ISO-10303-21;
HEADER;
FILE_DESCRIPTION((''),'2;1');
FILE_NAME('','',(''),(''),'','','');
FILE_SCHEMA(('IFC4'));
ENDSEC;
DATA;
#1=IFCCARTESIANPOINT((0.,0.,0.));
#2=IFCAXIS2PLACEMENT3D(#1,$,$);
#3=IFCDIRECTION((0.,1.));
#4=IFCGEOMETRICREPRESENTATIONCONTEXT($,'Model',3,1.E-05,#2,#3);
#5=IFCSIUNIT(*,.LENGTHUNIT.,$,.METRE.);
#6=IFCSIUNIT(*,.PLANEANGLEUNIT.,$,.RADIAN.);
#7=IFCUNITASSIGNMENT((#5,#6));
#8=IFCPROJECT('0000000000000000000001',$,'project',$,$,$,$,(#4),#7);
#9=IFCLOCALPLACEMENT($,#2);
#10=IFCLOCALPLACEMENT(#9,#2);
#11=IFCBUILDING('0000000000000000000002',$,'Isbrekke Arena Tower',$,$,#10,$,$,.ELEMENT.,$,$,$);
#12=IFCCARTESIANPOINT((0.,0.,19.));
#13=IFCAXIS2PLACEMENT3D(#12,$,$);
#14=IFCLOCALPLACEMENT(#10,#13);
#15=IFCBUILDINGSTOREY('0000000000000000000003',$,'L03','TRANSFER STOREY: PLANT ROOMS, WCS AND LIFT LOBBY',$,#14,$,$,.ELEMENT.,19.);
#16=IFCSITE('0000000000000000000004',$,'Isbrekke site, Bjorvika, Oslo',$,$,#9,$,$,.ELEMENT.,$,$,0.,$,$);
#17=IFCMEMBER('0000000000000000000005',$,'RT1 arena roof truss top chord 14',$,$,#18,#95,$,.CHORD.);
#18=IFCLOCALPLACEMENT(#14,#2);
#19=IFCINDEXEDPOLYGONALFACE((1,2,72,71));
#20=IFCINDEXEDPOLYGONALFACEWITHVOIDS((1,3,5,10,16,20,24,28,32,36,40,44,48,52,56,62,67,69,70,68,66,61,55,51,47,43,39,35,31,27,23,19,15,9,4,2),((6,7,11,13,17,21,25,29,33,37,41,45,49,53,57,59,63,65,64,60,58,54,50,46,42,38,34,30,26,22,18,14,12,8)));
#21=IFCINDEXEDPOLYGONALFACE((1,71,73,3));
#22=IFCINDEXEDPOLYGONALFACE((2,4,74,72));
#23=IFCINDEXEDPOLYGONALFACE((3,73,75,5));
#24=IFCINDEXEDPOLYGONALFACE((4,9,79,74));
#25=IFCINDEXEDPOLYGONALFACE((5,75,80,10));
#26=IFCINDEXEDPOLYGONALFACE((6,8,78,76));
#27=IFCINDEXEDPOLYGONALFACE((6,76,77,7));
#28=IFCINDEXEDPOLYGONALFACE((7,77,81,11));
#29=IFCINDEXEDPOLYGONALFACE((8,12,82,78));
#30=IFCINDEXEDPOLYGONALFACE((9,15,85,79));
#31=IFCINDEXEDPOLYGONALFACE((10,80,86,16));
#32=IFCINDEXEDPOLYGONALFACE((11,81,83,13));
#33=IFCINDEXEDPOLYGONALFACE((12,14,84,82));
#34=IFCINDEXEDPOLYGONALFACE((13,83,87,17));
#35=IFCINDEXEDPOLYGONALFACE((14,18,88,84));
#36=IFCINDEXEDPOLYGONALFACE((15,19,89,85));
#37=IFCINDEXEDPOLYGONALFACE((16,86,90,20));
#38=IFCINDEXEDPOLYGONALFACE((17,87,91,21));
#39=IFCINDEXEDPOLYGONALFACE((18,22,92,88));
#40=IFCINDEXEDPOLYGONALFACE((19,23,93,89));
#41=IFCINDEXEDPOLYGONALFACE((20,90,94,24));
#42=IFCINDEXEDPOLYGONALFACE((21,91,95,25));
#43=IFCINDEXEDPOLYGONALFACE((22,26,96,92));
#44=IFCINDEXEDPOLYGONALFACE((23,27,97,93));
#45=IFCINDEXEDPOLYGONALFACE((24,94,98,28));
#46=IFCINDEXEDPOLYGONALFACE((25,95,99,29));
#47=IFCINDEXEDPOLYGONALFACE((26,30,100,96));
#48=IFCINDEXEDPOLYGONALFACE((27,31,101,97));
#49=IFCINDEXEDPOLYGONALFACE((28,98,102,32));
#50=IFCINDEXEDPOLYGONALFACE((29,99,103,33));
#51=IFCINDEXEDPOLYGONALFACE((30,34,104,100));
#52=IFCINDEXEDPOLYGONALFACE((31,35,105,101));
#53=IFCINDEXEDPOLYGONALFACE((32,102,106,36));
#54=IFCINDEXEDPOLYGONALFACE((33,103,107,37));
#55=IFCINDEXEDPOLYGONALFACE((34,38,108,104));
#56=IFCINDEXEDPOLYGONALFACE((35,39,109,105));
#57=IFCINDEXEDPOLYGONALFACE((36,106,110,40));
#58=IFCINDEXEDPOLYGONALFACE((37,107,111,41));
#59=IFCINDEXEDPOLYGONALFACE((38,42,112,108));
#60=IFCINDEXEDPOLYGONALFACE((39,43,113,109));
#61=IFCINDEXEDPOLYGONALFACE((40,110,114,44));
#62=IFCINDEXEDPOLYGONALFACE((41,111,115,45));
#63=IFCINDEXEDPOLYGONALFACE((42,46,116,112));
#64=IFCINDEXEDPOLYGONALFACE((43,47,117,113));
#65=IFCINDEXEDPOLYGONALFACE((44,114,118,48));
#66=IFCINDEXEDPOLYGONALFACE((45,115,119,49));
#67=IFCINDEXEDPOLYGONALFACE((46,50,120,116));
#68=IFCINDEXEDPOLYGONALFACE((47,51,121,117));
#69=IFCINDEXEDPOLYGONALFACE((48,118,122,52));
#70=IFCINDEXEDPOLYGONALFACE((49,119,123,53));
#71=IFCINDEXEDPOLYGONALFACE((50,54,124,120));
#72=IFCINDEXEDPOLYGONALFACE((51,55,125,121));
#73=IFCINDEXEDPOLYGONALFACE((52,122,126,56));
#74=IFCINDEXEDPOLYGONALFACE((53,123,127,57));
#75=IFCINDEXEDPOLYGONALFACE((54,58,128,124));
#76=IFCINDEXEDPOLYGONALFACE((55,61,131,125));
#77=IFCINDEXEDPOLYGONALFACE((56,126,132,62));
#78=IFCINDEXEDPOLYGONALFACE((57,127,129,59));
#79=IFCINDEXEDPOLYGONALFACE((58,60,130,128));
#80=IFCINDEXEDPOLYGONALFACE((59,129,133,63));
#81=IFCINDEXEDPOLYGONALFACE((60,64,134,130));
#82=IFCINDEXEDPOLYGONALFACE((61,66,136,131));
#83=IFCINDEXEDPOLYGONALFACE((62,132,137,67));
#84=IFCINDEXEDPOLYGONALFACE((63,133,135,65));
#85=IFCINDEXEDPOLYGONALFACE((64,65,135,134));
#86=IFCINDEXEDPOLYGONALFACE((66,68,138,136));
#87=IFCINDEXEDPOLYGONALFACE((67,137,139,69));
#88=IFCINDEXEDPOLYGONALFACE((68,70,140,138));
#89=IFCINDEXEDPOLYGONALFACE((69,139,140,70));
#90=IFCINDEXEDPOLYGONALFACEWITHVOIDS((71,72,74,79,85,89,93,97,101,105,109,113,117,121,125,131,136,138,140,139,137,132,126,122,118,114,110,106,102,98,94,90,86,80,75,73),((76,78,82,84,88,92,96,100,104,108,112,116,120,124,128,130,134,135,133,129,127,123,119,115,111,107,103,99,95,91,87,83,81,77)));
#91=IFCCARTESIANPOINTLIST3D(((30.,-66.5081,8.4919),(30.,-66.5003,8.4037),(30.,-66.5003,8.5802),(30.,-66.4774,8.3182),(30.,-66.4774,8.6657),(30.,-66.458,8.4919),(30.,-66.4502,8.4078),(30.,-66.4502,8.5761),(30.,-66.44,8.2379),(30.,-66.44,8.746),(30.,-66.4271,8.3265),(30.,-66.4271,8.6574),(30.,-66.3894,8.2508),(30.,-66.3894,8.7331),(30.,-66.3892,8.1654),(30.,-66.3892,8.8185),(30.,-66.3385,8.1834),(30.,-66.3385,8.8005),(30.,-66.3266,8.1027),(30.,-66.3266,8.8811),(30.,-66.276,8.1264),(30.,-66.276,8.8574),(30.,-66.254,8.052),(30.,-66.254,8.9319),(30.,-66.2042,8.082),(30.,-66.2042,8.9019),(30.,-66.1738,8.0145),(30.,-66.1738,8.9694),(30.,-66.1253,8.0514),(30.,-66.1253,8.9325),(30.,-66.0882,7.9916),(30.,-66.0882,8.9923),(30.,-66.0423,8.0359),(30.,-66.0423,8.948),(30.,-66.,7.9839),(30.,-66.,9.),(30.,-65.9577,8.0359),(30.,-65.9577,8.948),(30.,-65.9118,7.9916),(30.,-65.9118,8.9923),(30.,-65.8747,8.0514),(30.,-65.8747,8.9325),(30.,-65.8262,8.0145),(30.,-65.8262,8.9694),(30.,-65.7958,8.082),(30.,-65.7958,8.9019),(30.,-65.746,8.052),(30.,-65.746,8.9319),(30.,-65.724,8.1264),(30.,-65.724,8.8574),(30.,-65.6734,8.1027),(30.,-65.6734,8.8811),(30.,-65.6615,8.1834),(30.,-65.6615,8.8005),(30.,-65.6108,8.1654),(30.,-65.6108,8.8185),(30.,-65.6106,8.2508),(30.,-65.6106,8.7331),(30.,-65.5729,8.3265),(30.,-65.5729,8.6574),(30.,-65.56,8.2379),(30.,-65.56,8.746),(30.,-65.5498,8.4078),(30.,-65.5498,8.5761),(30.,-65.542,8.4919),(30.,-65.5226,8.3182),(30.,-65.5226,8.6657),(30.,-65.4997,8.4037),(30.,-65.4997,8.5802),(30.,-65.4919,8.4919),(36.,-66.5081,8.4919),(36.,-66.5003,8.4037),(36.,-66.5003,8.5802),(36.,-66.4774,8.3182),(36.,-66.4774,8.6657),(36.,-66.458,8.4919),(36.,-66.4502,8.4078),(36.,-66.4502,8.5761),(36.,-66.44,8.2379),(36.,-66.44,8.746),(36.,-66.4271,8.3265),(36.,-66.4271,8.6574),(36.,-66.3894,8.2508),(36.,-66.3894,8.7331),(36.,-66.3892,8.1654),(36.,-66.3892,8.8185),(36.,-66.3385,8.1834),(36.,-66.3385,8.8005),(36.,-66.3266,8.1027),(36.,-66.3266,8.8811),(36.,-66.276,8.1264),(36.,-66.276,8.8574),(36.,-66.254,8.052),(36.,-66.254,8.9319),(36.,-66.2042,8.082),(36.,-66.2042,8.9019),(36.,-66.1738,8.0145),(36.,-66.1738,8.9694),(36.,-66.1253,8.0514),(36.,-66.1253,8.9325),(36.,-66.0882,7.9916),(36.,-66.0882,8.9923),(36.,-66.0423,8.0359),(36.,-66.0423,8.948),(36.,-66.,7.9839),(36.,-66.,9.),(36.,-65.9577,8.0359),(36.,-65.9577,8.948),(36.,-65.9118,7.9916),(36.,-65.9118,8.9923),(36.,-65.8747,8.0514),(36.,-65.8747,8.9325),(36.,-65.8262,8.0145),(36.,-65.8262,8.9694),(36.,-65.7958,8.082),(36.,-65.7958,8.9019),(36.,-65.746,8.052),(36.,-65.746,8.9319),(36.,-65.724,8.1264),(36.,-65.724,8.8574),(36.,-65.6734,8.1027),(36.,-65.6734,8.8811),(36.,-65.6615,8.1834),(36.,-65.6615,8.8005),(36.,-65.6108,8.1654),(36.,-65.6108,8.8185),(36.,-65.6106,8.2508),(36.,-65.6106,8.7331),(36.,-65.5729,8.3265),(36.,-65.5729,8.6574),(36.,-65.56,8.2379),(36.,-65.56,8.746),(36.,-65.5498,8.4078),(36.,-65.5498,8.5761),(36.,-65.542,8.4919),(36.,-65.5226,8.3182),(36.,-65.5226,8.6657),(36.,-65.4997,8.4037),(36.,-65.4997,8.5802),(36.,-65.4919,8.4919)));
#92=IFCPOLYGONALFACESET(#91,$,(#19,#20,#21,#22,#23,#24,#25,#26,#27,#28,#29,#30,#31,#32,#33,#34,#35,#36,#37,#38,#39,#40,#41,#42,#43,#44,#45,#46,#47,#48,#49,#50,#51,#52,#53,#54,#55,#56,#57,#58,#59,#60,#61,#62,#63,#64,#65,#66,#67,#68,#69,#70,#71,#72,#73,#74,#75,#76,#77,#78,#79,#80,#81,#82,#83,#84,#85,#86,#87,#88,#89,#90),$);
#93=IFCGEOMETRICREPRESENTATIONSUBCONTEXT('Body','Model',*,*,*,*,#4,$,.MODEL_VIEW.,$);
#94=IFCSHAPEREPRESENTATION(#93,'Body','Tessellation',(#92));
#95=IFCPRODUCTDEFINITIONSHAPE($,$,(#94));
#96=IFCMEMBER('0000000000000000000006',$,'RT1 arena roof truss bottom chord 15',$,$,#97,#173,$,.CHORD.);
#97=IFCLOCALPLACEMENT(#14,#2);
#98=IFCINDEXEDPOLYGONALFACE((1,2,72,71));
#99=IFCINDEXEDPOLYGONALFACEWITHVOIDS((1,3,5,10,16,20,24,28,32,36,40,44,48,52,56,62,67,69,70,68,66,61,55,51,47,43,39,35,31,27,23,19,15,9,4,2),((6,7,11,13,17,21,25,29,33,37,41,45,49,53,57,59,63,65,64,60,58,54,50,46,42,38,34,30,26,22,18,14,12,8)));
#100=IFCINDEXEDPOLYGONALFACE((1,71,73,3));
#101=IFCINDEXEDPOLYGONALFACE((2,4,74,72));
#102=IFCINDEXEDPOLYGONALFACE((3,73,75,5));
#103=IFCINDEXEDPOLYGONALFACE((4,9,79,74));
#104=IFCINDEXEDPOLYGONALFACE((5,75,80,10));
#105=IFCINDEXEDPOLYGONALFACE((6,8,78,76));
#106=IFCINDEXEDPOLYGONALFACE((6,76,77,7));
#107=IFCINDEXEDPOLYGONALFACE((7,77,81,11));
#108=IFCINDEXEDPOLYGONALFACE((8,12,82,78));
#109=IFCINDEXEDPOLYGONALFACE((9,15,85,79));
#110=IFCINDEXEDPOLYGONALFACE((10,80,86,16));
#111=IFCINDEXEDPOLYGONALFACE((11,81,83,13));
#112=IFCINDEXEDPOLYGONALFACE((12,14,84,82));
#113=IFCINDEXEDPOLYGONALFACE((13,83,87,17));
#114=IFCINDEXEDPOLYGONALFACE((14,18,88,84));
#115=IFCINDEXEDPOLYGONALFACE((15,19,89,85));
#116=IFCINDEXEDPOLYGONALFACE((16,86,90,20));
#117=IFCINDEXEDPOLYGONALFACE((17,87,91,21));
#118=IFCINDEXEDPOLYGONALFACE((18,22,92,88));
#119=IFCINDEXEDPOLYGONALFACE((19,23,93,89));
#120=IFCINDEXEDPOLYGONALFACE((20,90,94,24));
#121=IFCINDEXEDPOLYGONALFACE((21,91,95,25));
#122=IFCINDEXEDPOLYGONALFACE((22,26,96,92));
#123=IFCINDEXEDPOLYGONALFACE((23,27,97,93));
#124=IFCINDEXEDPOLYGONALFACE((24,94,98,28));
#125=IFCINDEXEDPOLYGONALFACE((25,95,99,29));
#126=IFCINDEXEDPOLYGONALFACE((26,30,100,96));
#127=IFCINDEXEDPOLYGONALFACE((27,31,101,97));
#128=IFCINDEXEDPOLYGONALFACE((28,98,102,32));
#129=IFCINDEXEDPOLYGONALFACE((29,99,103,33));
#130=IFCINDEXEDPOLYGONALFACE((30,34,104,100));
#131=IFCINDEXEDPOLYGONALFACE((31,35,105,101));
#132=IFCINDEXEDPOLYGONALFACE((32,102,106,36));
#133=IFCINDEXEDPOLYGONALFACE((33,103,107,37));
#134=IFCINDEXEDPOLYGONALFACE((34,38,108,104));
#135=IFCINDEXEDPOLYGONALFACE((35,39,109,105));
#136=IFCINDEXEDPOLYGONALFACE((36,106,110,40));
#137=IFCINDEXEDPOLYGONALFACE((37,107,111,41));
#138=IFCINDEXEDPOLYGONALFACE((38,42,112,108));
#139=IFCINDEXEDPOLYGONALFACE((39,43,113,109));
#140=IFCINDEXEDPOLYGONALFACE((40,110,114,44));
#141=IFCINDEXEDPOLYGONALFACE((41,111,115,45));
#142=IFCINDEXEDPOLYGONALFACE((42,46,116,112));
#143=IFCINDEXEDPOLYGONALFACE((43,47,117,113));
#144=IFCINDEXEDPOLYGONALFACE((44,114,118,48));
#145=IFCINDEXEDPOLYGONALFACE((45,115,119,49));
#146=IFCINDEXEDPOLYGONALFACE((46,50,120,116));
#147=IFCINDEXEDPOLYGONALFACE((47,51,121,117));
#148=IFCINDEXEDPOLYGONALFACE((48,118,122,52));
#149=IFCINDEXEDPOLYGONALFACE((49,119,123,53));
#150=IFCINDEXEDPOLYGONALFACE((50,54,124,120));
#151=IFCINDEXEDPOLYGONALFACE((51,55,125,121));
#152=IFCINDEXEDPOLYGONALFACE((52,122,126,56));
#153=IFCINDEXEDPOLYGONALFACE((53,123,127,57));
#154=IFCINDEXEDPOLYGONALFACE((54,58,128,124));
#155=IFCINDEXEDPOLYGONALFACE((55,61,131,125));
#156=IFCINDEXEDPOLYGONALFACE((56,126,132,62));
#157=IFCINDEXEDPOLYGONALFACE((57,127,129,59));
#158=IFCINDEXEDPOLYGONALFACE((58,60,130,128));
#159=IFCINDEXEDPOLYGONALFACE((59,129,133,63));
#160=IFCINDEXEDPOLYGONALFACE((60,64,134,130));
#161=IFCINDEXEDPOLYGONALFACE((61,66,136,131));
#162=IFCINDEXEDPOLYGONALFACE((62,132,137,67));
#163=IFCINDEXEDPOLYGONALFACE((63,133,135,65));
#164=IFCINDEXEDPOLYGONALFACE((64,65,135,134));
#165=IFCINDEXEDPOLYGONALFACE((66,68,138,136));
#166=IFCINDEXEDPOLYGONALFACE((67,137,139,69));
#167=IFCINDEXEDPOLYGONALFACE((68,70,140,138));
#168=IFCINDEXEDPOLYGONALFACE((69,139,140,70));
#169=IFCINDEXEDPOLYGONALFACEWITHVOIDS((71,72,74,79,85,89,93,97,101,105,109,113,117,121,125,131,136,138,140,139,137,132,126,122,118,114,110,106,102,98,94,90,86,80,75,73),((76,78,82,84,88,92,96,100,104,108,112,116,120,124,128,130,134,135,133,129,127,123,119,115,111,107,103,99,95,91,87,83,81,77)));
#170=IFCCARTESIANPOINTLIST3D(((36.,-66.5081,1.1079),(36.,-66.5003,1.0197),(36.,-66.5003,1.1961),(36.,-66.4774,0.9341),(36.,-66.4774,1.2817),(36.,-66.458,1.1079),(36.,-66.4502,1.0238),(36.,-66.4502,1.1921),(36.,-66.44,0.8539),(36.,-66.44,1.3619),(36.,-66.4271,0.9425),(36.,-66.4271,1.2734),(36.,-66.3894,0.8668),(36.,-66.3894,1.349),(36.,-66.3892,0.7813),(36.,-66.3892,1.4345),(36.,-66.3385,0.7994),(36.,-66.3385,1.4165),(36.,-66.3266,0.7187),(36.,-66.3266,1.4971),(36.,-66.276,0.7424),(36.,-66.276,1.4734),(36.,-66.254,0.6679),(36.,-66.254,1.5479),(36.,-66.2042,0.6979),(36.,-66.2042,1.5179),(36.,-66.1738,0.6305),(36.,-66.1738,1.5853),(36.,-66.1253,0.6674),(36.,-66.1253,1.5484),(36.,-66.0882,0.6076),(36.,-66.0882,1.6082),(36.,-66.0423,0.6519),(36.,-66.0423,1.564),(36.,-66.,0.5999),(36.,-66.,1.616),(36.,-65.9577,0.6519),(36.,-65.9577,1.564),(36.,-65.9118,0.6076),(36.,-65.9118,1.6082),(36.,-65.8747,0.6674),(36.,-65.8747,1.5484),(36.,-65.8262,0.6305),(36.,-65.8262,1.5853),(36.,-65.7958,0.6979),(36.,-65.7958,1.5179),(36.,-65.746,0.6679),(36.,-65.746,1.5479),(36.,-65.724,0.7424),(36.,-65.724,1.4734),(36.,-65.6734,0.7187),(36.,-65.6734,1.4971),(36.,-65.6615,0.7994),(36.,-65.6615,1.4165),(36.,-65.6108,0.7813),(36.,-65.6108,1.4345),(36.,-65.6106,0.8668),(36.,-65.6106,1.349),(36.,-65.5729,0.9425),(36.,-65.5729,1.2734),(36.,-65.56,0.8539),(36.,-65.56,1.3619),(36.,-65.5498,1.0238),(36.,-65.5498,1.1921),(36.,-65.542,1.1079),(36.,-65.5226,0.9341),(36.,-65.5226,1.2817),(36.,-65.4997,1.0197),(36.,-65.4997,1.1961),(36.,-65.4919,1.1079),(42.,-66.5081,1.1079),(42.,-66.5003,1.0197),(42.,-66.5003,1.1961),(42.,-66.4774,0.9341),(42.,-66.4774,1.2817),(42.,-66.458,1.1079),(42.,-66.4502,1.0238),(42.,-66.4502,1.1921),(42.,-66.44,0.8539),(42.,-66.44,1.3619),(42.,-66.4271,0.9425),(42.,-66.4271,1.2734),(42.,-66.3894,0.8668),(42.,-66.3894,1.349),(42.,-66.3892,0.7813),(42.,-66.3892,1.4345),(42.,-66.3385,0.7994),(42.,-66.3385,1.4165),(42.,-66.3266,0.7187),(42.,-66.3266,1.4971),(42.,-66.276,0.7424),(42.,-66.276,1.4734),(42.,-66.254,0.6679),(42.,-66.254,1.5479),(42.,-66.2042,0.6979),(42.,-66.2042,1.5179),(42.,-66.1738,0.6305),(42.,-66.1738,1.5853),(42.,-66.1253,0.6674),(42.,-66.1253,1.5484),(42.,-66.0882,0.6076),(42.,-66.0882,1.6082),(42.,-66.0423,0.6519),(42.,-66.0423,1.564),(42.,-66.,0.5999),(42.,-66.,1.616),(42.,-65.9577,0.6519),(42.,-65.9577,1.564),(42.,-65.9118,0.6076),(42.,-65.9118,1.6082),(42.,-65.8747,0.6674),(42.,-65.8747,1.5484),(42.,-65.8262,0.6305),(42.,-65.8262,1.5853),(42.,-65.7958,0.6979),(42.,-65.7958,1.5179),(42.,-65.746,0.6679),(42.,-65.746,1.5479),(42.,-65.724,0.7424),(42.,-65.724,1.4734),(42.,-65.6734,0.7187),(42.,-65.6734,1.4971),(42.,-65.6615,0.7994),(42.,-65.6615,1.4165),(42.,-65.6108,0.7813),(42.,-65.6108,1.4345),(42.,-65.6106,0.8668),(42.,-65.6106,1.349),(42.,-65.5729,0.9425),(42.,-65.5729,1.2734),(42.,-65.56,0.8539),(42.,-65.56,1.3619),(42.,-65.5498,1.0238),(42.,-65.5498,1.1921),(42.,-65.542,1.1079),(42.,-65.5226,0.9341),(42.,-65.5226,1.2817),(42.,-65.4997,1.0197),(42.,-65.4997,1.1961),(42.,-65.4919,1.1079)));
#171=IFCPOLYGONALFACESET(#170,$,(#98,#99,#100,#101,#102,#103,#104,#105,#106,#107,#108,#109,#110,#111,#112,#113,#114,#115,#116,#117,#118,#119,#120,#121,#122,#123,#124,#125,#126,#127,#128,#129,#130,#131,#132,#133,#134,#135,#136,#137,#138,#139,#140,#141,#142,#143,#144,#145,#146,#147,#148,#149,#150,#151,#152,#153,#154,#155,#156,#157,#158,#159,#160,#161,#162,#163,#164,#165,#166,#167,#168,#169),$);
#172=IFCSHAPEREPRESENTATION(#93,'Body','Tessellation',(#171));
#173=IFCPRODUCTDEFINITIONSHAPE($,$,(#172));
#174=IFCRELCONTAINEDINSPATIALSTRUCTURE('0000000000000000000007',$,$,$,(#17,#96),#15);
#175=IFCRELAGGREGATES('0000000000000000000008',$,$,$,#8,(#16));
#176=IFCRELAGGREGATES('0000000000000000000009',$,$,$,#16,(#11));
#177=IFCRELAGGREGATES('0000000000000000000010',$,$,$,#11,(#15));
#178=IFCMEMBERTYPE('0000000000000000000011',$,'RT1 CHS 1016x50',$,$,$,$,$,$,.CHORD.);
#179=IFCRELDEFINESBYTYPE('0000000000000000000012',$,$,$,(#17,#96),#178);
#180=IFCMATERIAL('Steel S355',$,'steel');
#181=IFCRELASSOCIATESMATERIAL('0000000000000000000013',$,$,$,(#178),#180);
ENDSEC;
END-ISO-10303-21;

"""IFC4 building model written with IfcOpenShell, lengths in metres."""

from ifc_helpers import new_model, si_unit, direction, frame, origin, origin_2d, place, context, subcontext, project, spatial, hollow_circle, extrude, material, material_profile, profile_set, type_object, element, save


model = new_model("IFC4")

# Units and contexts
model_context = context("Model", 3, precision=1e-05, world=origin(), true_north=direction((0.0, 1.0)))
body_context = subcontext(model_context, "Body", "Model", "MODEL_VIEW")
ifc_project = project(units=[si_unit("LENGTHUNIT", "METRE"), si_unit("PLANEANGLEUNIT", "RADIAN")], contexts=[model_context])

# Site, building, storey
site_placement = place(None, origin())
site = spatial("IfcSite", under=ifc_project, at=site_placement, Name="Isbrekke site, Bjorvika, Oslo", CompositionType="ELEMENT", RefElevation=0.0)
building_placement = place(site_placement, origin())
building = spatial("IfcBuilding", under=site, at=building_placement, Name="Isbrekke Arena Tower", CompositionType="ELEMENT")
storey_placement = place(building_placement, frame((0.0, 0.0, 19.0)))
storey = spatial("IfcBuildingStorey", under=building, at=storey_placement, Name="L03", Description="TRANSFER STOREY: PLANT ROOMS, WCS AND LIFT LOBBY", CompositionType="ELEMENT", Elevation=19.0)

# Members
ifc_material_1 = material(Name="Steel S355", Category="steel")
ifc_material_profile_1 = material_profile(ifc_material_1, hollow_circle(Radius=0.5081, WallThickness=0.05, at=origin_2d()), Name="CHS 1016x50")
ifc_profile_set_1 = profile_set([ifc_material_profile_1], Name="Steel S355")
member_type_1 = type_object("IfcMemberType", Name="RT1 CHS 1016x50", PredefinedType="CHORD", material=ifc_profile_set_1)
for number, where, z_axis, x_axis, name in (
    (1, (30.0, -66.0, 8.4919), (1.0, 0.0, 0.0), (0.0, 1.0, 0.0), "RT1 arena roof truss top chord 14"),
    (2, (36.0, -66.0, 1.1079), (1.0, 0.0, 0.0), (0.0, 1.0, 0.0), "RT1 arena roof truss bottom chord 15"),
):
    element("IfcMember", number, at=place(storey_placement, frame(where, z_axis=z_axis, x_axis=x_axis)), inside=storey, type_object=member_type_1, Name=name, PredefinedType="CHORD", context=body_context, shape_type="SweptSolid", body=[
        extrude(hollow_circle(Radius=0.5081, WallThickness=0.05, at=origin_2d()), origin(), (0.0, 0.0, 1.0), 6.0),
    ])

save(model, "model.ifc")
